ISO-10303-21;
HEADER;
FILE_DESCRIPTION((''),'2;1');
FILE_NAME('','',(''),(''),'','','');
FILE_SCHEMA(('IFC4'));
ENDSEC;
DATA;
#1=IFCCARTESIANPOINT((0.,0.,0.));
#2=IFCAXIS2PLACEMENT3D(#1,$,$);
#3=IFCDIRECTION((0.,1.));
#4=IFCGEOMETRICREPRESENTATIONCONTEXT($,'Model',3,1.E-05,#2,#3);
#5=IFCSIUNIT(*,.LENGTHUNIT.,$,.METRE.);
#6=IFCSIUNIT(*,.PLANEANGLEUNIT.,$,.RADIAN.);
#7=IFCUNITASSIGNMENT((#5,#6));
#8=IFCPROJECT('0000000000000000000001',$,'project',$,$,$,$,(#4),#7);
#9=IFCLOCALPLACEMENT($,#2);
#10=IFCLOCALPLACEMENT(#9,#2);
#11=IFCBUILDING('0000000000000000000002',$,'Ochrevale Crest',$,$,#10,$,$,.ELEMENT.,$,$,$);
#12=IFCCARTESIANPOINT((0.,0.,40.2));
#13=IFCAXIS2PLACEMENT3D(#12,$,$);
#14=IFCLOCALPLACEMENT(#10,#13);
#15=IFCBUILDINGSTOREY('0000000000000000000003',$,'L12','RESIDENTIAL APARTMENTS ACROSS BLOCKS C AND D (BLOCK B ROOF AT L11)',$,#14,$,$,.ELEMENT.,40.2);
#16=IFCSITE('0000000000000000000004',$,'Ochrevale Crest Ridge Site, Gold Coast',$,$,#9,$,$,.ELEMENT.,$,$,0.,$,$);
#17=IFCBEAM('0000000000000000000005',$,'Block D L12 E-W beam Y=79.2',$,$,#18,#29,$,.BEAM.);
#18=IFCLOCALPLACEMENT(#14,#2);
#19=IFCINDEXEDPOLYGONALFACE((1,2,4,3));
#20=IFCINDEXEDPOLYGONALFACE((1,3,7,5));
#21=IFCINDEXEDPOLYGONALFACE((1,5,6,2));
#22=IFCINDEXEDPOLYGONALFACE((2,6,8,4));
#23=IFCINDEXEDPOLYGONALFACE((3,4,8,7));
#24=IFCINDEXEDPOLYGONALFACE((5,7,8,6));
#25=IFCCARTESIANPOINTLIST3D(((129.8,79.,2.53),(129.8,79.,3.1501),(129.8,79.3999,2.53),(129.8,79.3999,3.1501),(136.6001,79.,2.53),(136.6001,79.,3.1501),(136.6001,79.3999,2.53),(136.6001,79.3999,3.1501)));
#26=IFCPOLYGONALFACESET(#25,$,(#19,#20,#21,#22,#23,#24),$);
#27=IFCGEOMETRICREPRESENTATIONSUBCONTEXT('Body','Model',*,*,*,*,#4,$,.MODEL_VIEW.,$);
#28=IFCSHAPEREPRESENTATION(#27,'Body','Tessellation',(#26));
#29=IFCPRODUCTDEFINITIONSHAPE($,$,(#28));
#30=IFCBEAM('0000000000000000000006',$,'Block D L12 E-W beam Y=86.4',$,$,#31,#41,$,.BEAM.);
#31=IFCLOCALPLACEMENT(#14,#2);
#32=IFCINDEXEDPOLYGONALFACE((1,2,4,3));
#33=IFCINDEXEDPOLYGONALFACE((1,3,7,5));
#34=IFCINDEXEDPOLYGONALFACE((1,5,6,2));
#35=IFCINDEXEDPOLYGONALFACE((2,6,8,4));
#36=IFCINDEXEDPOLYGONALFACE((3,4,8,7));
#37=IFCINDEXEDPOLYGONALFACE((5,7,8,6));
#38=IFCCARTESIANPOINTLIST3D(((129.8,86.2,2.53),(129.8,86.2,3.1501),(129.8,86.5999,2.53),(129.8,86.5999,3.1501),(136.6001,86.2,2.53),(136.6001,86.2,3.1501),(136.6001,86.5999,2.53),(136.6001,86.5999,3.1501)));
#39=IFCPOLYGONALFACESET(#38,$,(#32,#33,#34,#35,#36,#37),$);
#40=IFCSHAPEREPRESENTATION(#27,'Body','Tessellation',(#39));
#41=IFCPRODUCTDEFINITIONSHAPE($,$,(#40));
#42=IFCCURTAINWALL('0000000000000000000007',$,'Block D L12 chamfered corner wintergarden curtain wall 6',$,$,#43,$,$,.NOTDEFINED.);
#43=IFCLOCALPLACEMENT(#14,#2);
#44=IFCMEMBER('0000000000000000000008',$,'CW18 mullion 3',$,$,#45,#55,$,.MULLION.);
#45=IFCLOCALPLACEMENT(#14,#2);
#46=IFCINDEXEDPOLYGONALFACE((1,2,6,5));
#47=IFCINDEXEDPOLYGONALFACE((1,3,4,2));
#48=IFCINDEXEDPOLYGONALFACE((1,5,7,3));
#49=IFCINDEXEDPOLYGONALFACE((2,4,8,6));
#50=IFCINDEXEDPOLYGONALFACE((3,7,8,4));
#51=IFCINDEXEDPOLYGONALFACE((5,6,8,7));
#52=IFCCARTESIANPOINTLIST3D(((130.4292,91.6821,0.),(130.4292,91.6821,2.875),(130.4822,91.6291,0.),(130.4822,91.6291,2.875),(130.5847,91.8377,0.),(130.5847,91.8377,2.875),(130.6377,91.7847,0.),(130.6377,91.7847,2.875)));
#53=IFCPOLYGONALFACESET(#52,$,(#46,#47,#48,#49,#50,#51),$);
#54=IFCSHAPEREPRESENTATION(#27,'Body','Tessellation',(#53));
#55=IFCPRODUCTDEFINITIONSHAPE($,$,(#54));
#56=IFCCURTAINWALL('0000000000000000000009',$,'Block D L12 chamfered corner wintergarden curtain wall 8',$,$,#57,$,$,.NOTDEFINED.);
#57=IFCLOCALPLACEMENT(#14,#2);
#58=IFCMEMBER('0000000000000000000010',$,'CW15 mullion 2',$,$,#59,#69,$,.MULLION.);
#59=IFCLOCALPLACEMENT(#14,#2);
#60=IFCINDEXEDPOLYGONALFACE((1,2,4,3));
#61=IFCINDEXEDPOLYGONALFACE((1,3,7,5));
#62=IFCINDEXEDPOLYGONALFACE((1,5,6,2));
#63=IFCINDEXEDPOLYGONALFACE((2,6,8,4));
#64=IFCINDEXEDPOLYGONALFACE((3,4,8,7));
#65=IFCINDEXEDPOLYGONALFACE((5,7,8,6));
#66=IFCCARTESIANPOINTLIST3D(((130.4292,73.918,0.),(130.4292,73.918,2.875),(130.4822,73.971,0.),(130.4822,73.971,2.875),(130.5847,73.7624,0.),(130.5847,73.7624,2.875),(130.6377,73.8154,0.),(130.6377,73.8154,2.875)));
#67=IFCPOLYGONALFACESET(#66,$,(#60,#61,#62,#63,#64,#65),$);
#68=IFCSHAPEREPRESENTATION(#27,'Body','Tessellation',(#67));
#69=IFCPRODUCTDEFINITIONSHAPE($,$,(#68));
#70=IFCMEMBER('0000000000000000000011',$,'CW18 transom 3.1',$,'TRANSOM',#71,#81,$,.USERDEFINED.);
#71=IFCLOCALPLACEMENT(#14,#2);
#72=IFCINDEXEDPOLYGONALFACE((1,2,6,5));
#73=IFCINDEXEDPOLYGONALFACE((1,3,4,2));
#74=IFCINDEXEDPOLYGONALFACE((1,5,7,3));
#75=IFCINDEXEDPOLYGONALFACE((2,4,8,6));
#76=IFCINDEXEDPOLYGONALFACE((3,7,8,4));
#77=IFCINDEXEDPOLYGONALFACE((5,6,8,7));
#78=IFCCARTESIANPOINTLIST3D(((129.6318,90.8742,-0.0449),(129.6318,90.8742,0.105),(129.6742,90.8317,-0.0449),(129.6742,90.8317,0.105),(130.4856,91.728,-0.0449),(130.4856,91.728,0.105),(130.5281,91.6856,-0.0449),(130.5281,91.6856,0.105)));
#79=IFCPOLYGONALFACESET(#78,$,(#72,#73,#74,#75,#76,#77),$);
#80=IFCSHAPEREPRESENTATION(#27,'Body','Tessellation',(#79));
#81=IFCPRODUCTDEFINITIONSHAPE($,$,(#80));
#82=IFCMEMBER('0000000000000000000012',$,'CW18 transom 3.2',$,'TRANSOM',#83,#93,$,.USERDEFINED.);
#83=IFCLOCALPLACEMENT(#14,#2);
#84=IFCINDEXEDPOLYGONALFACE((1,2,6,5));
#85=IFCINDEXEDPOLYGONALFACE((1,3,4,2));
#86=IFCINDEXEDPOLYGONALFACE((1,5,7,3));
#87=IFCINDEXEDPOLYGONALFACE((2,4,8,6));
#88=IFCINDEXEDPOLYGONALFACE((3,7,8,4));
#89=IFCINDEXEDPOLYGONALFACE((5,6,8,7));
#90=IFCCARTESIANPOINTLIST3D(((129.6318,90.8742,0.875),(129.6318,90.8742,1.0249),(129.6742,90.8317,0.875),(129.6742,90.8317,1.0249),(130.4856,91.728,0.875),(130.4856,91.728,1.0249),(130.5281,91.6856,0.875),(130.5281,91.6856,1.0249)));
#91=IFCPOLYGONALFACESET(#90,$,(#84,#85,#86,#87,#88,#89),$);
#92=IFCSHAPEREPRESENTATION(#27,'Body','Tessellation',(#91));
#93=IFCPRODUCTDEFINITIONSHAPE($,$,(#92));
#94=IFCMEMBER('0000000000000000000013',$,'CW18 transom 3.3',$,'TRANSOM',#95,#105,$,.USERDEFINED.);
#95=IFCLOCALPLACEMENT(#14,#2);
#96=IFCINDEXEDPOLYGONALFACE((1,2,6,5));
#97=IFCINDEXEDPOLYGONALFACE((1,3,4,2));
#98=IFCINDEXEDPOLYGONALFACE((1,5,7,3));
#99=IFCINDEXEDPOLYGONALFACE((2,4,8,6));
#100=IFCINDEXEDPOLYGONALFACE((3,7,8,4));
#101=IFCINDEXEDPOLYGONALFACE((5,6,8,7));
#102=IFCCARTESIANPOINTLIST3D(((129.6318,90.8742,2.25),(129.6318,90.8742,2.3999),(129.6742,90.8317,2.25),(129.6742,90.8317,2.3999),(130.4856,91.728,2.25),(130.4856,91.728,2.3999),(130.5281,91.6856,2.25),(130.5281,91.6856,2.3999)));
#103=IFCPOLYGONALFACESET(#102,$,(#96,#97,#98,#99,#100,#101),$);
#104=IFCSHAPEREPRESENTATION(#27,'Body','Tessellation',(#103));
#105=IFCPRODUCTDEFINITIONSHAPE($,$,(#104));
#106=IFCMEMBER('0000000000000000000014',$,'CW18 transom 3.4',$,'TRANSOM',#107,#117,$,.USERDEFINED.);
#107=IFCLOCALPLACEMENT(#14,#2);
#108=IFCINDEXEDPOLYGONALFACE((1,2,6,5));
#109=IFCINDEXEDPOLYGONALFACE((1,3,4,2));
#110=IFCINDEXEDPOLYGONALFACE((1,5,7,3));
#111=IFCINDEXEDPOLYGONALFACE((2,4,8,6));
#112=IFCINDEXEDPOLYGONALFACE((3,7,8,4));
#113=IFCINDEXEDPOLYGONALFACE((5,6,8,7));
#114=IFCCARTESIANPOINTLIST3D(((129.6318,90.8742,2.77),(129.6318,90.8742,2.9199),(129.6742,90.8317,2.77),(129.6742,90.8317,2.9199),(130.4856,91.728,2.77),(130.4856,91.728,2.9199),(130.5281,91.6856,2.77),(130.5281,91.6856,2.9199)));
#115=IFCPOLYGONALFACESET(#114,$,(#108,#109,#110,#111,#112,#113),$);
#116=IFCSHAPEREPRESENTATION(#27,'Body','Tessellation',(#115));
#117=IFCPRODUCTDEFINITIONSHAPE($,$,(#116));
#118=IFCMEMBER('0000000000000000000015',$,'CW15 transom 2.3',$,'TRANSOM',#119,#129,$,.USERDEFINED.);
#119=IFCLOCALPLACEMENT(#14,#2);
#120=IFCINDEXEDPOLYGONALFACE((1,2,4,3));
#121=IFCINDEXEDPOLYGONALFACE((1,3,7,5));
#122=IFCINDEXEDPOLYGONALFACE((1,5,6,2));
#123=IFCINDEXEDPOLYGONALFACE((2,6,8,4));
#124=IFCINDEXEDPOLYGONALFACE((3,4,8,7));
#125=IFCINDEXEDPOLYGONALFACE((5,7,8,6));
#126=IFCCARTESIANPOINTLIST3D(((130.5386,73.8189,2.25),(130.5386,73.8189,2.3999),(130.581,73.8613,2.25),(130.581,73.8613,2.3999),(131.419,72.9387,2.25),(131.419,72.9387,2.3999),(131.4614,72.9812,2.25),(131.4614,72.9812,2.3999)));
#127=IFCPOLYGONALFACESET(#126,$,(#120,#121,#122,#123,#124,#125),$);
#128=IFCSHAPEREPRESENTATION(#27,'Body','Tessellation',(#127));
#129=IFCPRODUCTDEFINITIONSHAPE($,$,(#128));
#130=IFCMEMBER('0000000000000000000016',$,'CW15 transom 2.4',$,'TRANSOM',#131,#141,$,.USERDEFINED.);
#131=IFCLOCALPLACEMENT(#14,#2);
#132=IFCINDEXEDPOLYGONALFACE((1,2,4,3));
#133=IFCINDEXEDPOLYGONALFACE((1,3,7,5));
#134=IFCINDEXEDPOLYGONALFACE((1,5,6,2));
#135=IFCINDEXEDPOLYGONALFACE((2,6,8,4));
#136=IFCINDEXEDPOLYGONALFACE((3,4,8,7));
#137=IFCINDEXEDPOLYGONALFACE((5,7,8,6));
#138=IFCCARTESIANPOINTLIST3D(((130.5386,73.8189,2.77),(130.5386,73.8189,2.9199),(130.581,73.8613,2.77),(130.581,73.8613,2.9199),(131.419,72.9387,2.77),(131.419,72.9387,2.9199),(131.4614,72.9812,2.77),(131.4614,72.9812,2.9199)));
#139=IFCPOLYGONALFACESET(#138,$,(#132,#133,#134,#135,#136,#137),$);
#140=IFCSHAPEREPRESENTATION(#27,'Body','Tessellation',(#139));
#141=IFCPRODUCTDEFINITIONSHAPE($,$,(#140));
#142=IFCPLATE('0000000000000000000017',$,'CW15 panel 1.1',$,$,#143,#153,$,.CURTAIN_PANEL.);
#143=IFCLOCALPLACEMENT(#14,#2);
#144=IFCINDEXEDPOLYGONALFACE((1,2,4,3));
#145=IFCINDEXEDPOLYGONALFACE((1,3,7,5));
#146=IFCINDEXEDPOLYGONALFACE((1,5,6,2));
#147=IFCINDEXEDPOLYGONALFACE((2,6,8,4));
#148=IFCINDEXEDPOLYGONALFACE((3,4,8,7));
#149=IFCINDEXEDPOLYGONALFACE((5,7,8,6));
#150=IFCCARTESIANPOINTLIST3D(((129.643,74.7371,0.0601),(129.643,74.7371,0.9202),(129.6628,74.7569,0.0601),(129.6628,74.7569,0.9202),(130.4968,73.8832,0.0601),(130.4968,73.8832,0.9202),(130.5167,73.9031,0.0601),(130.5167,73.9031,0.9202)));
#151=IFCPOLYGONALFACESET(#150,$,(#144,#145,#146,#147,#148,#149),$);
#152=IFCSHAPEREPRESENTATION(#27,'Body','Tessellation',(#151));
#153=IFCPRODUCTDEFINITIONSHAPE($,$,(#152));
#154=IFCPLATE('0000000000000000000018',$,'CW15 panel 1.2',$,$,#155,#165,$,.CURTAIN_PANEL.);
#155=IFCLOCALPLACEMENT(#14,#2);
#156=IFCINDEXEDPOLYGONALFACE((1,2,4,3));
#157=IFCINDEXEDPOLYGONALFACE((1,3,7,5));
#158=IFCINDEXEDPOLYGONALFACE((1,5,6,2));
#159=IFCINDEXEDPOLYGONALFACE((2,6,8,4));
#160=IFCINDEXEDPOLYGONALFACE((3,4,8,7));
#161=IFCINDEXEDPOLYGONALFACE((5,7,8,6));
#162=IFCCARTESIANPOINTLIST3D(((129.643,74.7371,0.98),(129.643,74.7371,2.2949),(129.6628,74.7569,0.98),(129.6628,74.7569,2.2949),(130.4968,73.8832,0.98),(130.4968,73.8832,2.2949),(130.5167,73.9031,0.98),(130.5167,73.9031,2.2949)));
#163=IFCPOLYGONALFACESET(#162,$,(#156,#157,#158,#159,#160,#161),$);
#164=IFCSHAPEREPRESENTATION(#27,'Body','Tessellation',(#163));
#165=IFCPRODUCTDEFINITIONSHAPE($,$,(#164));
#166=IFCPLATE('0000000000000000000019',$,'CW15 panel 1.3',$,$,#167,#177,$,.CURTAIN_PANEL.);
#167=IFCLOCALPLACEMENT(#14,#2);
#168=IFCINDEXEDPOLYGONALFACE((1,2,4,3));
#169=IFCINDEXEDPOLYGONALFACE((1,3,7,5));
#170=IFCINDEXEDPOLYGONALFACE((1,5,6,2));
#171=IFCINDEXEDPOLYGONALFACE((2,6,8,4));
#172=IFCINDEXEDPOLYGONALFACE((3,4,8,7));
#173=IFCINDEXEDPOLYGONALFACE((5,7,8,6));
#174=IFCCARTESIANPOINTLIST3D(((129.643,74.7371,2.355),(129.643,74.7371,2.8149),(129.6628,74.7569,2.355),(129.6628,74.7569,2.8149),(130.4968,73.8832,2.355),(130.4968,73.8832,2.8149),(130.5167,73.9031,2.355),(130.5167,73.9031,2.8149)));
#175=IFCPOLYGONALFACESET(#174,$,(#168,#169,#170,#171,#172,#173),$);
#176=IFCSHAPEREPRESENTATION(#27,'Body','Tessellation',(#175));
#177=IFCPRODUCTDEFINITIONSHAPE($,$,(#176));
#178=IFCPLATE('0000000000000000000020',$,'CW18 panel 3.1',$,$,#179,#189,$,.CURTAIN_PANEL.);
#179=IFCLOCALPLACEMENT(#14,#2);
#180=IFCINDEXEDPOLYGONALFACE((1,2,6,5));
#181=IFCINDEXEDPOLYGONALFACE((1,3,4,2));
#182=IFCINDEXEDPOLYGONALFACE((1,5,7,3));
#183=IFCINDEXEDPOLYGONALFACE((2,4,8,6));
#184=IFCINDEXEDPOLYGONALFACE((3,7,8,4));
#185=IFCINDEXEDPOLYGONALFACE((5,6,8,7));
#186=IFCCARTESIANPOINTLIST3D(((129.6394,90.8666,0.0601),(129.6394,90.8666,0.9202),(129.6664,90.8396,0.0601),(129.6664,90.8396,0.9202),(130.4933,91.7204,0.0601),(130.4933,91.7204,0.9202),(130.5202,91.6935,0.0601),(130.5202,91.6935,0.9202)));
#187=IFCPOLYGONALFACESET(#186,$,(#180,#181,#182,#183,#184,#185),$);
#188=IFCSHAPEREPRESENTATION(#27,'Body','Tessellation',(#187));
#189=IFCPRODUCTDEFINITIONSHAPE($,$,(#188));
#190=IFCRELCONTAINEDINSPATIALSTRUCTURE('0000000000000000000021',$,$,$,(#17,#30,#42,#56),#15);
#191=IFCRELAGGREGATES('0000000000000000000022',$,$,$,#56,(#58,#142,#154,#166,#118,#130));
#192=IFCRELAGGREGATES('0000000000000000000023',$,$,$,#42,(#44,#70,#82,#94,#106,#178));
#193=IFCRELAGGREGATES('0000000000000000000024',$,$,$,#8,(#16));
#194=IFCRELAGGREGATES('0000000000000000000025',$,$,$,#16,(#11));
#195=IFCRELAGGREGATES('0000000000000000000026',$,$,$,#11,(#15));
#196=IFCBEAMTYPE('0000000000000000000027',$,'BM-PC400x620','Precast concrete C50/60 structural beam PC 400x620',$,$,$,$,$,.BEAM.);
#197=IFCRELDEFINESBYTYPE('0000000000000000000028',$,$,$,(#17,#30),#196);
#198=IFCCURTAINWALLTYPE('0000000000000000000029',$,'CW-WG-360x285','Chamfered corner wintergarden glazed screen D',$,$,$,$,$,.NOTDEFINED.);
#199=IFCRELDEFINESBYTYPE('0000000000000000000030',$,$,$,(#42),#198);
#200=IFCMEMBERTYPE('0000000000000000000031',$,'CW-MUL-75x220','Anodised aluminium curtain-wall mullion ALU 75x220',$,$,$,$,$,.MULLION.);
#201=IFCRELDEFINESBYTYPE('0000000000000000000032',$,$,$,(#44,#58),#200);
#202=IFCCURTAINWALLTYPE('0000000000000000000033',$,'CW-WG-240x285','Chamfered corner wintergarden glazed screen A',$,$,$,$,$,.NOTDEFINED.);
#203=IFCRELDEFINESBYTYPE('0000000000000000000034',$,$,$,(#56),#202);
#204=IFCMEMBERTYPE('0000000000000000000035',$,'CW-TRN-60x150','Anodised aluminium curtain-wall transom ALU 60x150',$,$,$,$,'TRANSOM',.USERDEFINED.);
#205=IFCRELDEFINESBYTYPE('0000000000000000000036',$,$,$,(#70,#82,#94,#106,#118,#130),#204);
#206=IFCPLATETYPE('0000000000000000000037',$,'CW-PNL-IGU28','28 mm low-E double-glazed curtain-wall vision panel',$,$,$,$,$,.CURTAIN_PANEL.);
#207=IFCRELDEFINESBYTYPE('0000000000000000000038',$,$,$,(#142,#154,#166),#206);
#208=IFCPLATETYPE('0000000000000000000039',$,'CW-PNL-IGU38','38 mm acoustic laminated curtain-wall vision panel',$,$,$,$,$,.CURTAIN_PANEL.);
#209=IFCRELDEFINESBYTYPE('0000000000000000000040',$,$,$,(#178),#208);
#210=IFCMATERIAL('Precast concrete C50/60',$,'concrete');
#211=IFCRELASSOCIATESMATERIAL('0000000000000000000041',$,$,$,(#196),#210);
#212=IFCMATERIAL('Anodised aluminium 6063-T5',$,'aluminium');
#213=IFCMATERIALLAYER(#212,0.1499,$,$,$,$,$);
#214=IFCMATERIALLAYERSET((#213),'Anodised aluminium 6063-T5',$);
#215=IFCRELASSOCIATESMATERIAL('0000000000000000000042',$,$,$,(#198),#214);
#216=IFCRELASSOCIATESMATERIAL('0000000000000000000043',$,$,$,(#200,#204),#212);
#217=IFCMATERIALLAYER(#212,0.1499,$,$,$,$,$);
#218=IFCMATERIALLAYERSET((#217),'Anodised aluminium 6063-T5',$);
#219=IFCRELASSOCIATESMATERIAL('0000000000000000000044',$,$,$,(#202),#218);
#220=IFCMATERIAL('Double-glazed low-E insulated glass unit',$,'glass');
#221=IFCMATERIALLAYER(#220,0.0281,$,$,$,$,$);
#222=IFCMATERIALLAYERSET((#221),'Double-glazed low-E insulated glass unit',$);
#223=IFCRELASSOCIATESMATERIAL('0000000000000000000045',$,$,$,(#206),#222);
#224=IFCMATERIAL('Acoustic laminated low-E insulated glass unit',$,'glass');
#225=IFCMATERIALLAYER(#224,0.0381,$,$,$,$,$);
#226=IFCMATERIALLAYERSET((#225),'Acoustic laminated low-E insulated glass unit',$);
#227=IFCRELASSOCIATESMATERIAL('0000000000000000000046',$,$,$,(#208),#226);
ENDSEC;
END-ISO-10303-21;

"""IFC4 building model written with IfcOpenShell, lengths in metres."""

from ifc_helpers import new_model, si_unit, direction, frame, origin, origin_2d, place, context, subcontext, project, spatial, rectangle, extrude, material, layer, layer_set, material_profile, profile_set, type_object, element, aggregate, save


model = new_model("IFC4")

# Units and contexts
model_context = context("Model", 3, precision=1e-05, world=origin(), true_north=direction((0.0, 1.0)))
body_context = subcontext(model_context, "Body", "Model", "MODEL_VIEW")
ifc_project = project(units=[si_unit("LENGTHUNIT", "METRE"), si_unit("PLANEANGLEUNIT", "RADIAN")], contexts=[model_context])

# Site, building, storey
site_placement = place(None, origin())
site = spatial("IfcSite", under=ifc_project, at=site_placement, Name="Ochrevale Crest Ridge Site, Gold Coast", CompositionType="ELEMENT", RefElevation=0.0)
building_placement = place(site_placement, origin())
building = spatial("IfcBuilding", under=site, at=building_placement, Name="Ochrevale Crest", CompositionType="ELEMENT")
storey_placement = place(building_placement, frame((0.0, 0.0, 40.2)))
storey = spatial("IfcBuildingStorey", under=building, at=storey_placement, Name="L12", Description="RESIDENTIAL APARTMENTS ACROSS BLOCKS C AND D (BLOCK B ROOF AT L11)", CompositionType="ELEMENT", Elevation=40.2)

# Beams
ifc_material_1 = material(Name="Precast concrete C50/60", Category="concrete")
ifc_material_profile_1 = material_profile(ifc_material_1, rectangle(XDim=0.3999, YDim=0.6201, at=origin_2d()), Name="PC 400x620")
ifc_profile_set_1 = profile_set([ifc_material_profile_1], Name="Precast concrete C50/60")
beam_type = type_object("IfcBeamType", Name="BM-PC400x620", Description="Precast concrete C50/60 structural beam PC 400x620", PredefinedType="BEAM", material=ifc_profile_set_1)
for number, where, z_axis, x_axis, name in (
    (1, (129.8, 79.2, 2.8401), (1.0, 0.0, 0.0), (0.0, 1.0, 0.0), "Block D L12 E-W beam Y=79.2"),
    (2, (129.8, 86.3999, 2.8401), (1.0, 0.0, 0.0), (0.0, 1.0, 0.0), "Block D L12 E-W beam Y=86.4"),
):
    element("IfcBeam", number, at=place(storey_placement, frame(where, z_axis=z_axis, x_axis=x_axis)), inside=storey, type_object=beam_type, Name=name, PredefinedType="BEAM", context=body_context, shape_type="SweptSolid", body=[
        extrude(rectangle(XDim=0.3999, YDim=0.6201, at=origin_2d()), origin(), (0.0, 0.0, 1.0), 6.8),
    ])

# Curtain walls, members
ifc_material_2 = material(Name="Anodised aluminium 6063-T5", Category="aluminium")
ifc_layer_1 = layer(ifc_material_2, 0.1499)
ifc_layer_set_1 = layer_set([ifc_layer_1], Name="Anodised aluminium 6063-T5")
curtain_wall_type_1 = type_object("IfcCurtainWallType", Name="CW-WG-360x285", Description="Chamfered corner wintergarden glazed screen D", PredefinedType="NOTDEFINED", material=ifc_layer_set_1)
curtain_wall_1_placement = place(storey_placement, origin())
curtain_wall_1 = element("IfcCurtainWall", 3, at=curtain_wall_1_placement, inside=storey, type_object=curtain_wall_type_1, Name="Block D L12 chamfered corner wintergarden curtain wall 6", PredefinedType="NOTDEFINED")
ifc_material_profile_2 = material_profile(ifc_material_2, rectangle(XDim=0.075, YDim=0.22, at=origin_2d()), Name="ALU 75x220")
ifc_profile_set_2 = profile_set([ifc_material_profile_2], Name="Anodised aluminium 6063-T5")
member_type_1 = type_object("IfcMemberType", Name="CW-MUL-75x220", Description="Anodised aluminium curtain-wall mullion ALU 75x220", PredefinedType="MULLION", material=ifc_profile_set_2)
member_1_placement = place(storey_placement, frame((130.5334, 91.7334, 0.0), z_axis=(0.0, 0.0, 1.0), x_axis=(0.707107, -0.707107, 0.0)))
member_1 = element("IfcMember", 4, at=member_1_placement, type_object=member_type_1, Name="CW18 mullion 3", PredefinedType="MULLION", context=body_context, shape_type="SweptSolid", body=[
    extrude(rectangle(XDim=0.075, YDim=0.22, at=origin_2d()), origin(), (0.0, 0.0, 1.0), 2.875),
])
ifc_layer_2 = layer(ifc_material_2, 0.1499)
ifc_layer_set_2 = layer_set([ifc_layer_2], Name="Anodised aluminium 6063-T5")
curtain_wall_type_2 = type_object("IfcCurtainWallType", Name="CW-WG-240x285", Description="Chamfered corner wintergarden glazed screen A", PredefinedType="NOTDEFINED", material=ifc_layer_set_2)
curtain_wall_2_placement = place(storey_placement, origin())
curtain_wall_2 = element("IfcCurtainWall", 5, at=curtain_wall_2_placement, inside=storey, type_object=curtain_wall_type_2, Name="Block D L12 chamfered corner wintergarden curtain wall 8", PredefinedType="NOTDEFINED")
member_2_placement = place(storey_placement, frame((130.5334, 73.8667, 0.0), z_axis=(0.0, 0.0, 1.0), x_axis=(0.707107, 0.707107, 0.0)))
member_2 = element("IfcMember", 6, at=member_2_placement, type_object=member_type_1, Name="CW15 mullion 2", PredefinedType="MULLION", context=body_context, shape_type="SweptSolid", body=[
    extrude(rectangle(XDim=0.075, YDim=0.22, at=origin_2d()), origin(), (0.0, 0.0, 1.0), 2.875),
])

# Members
ifc_material_profile_3 = material_profile(ifc_material_2, rectangle(XDim=0.0601, YDim=0.1499, at=origin_2d()), Name="ALU 60x150")
ifc_profile_set_3 = profile_set([ifc_material_profile_3], Name="Anodised aluminium 6063-T5")
member_type_2 = type_object("IfcMemberType", Name="CW-TRN-60x150", Description="Anodised aluminium curtain-wall transom ALU 60x150", ElementType="TRANSOM", PredefinedType="USERDEFINED", material=ifc_profile_set_3)
member_3_placement = place(storey_placement, frame((130.5068, 91.7068, 0.03), z_axis=(-0.707107, -0.707107, 0.0), x_axis=(0.707107, -0.707107, 0.0)))
member_3 = element("IfcMember", 7, at=member_3_placement, type_object=member_type_2, Name="CW18 transom 3.1", ObjectType="TRANSOM", PredefinedType="USERDEFINED", context=body_context, shape_type="SweptSolid", body=[
    extrude(rectangle(XDim=0.0601, YDim=0.1499, at=origin_2d()), origin(), (0.0, 0.0, 1.0), 1.2075),
])
member_4_placement = place(storey_placement, frame((130.5068, 91.7068, 0.95), z_axis=(-0.707107, -0.707107, 0.0), x_axis=(0.707107, -0.707107, 0.0)))
member_4 = element("IfcMember", 8, at=member_4_placement, type_object=member_type_2, Name="CW18 transom 3.2", ObjectType="TRANSOM", PredefinedType="USERDEFINED", context=body_context, shape_type="SweptSolid", body=[
    extrude(rectangle(XDim=0.0601, YDim=0.1499, at=origin_2d()), origin(), (0.0, 0.0, 1.0), 1.2075),
])
member_5_placement = place(storey_placement, frame((130.5068, 91.7068, 2.325), z_axis=(-0.707107, -0.707107, 0.0), x_axis=(0.707107, -0.707107, 0.0)))
member_5 = element("IfcMember", 9, at=member_5_placement, type_object=member_type_2, Name="CW18 transom 3.3", ObjectType="TRANSOM", PredefinedType="USERDEFINED", context=body_context, shape_type="SweptSolid", body=[
    extrude(rectangle(XDim=0.0601, YDim=0.1499, at=origin_2d()), origin(), (0.0, 0.0, 1.0), 1.2075),
])
member_6_placement = place(storey_placement, frame((130.5068, 91.7068, 2.845), z_axis=(-0.707107, -0.707107, 0.0), x_axis=(0.707107, -0.707107, 0.0)))
member_6 = element("IfcMember", 10, at=member_6_placement, type_object=member_type_2, Name="CW18 transom 3.4", ObjectType="TRANSOM", PredefinedType="USERDEFINED", context=body_context, shape_type="SweptSolid", body=[
    extrude(rectangle(XDim=0.0601, YDim=0.1499, at=origin_2d()), origin(), (0.0, 0.0, 1.0), 1.2075),
])
member_7_placement = place(storey_placement, frame((130.5598, 73.8401, 2.325), z_axis=(0.707205, -0.707009, 0.0), x_axis=(0.707009, 0.707205, 0.0)))
member_7 = element("IfcMember", 11, at=member_7_placement, type_object=member_type_2, Name="CW15 transom 2.3", ObjectType="TRANSOM", PredefinedType="USERDEFINED", context=body_context, shape_type="SweptSolid", body=[
    extrude(rectangle(XDim=0.0601, YDim=0.1499, at=origin_2d()), origin(), (0.0, 0.0, 1.0), 1.2449),
])
member_8_placement = place(storey_placement, frame((130.5598, 73.8401, 2.845), z_axis=(0.707205, -0.707009, 0.0), x_axis=(0.707009, 0.707205, 0.0)))
member_8 = element("IfcMember", 12, at=member_8_placement, type_object=member_type_2, Name="CW15 transom 2.4", ObjectType="TRANSOM", PredefinedType="USERDEFINED", context=body_context, shape_type="SweptSolid", body=[
    extrude(rectangle(XDim=0.0601, YDim=0.1499, at=origin_2d()), origin(), (0.0, 0.0, 1.0), 1.2449),
])

# Plates
ifc_material_3 = material(Name="Double-glazed low-E insulated glass unit", Category="glass")
ifc_layer_3 = layer(ifc_material_3, 0.0281)
ifc_layer_set_3 = layer_set([ifc_layer_3], Name="Double-glazed low-E insulated glass unit")
plate_type_1 = type_object("IfcPlateType", Name="CW-PNL-IGU28", Description="28 mm low-E double-glazed curtain-wall vision panel", PredefinedType="CURTAIN_PANEL", material=ifc_layer_set_3)
plate_1_placement = place(storey_placement, frame((130.0798, 74.3201, 0.0601), z_axis=(0.0, 0.0, 1.0), x_axis=(0.707107, -0.707107, 0.0)))
plate_1 = element("IfcPlate", 13, at=plate_1_placement, type_object=plate_type_1, Name="CW15 panel 1.1", PredefinedType="CURTAIN_PANEL", context=body_context, shape_type="SweptSolid", body=[
    extrude(rectangle(XDim=1.2075, YDim=0.0281, at=origin_2d()), origin(), (0.0, 0.0, 1.0), 0.8601),
])
plate_2_placement = place(storey_placement, frame((130.0798, 74.3201, 0.98), z_axis=(0.0, 0.0, 1.0), x_axis=(0.707107, -0.707107, 0.0)))
plate_2 = element("IfcPlate", 14, at=plate_2_placement, type_object=plate_type_1, Name="CW15 panel 1.2", PredefinedType="CURTAIN_PANEL", context=body_context, shape_type="SweptSolid", body=[
    extrude(rectangle(XDim=1.2075, YDim=0.0281, at=origin_2d()), origin(), (0.0, 0.0, 1.0), 1.3149),
])
plate_3_placement = place(storey_placement, frame((130.0798, 74.3201, 2.355), z_axis=(0.0, 0.0, 1.0), x_axis=(0.707107, -0.707107, 0.0)))
plate_3 = element("IfcPlate", 15, at=plate_3_placement, type_object=plate_type_1, Name="CW15 panel 1.3", PredefinedType="CURTAIN_PANEL", context=body_context, shape_type="SweptSolid", body=[
    extrude(rectangle(XDim=1.2075, YDim=0.0281, at=origin_2d()), origin(), (0.0, 0.0, 1.0), 0.46),
])
aggregate(curtain_wall_2, [member_2, plate_1, plate_2, plate_3, member_7, member_8])
ifc_material_4 = material(Name="Acoustic laminated low-E insulated glass unit", Category="glass")
ifc_layer_4 = layer(ifc_material_4, 0.0381)
ifc_layer_set_4 = layer_set([ifc_layer_4], Name="Acoustic laminated low-E insulated glass unit")
plate_type_2 = type_object("IfcPlateType", Name="CW-PNL-IGU38", Description="38 mm acoustic laminated curtain-wall vision panel", PredefinedType="CURTAIN_PANEL", material=ifc_layer_set_4)
plate_4_placement = place(storey_placement, frame((130.0798, 91.28, 0.0601), z_axis=(0.0, 0.0, 1.0), x_axis=(-0.707107, -0.707107, 0.0)))
plate_4 = element("IfcPlate", 16, at=plate_4_placement, type_object=plate_type_2, Name="CW18 panel 3.1", PredefinedType="CURTAIN_PANEL", context=body_context, shape_type="SweptSolid", body=[
    extrude(rectangle(XDim=1.2075, YDim=0.0381, at=origin_2d()), origin(), (0.0, 0.0, 1.0), 0.8601),
])
aggregate(curtain_wall_1, [member_1, member_3, member_4, member_5, member_6, plate_4])

save(model, "model.ifc")
